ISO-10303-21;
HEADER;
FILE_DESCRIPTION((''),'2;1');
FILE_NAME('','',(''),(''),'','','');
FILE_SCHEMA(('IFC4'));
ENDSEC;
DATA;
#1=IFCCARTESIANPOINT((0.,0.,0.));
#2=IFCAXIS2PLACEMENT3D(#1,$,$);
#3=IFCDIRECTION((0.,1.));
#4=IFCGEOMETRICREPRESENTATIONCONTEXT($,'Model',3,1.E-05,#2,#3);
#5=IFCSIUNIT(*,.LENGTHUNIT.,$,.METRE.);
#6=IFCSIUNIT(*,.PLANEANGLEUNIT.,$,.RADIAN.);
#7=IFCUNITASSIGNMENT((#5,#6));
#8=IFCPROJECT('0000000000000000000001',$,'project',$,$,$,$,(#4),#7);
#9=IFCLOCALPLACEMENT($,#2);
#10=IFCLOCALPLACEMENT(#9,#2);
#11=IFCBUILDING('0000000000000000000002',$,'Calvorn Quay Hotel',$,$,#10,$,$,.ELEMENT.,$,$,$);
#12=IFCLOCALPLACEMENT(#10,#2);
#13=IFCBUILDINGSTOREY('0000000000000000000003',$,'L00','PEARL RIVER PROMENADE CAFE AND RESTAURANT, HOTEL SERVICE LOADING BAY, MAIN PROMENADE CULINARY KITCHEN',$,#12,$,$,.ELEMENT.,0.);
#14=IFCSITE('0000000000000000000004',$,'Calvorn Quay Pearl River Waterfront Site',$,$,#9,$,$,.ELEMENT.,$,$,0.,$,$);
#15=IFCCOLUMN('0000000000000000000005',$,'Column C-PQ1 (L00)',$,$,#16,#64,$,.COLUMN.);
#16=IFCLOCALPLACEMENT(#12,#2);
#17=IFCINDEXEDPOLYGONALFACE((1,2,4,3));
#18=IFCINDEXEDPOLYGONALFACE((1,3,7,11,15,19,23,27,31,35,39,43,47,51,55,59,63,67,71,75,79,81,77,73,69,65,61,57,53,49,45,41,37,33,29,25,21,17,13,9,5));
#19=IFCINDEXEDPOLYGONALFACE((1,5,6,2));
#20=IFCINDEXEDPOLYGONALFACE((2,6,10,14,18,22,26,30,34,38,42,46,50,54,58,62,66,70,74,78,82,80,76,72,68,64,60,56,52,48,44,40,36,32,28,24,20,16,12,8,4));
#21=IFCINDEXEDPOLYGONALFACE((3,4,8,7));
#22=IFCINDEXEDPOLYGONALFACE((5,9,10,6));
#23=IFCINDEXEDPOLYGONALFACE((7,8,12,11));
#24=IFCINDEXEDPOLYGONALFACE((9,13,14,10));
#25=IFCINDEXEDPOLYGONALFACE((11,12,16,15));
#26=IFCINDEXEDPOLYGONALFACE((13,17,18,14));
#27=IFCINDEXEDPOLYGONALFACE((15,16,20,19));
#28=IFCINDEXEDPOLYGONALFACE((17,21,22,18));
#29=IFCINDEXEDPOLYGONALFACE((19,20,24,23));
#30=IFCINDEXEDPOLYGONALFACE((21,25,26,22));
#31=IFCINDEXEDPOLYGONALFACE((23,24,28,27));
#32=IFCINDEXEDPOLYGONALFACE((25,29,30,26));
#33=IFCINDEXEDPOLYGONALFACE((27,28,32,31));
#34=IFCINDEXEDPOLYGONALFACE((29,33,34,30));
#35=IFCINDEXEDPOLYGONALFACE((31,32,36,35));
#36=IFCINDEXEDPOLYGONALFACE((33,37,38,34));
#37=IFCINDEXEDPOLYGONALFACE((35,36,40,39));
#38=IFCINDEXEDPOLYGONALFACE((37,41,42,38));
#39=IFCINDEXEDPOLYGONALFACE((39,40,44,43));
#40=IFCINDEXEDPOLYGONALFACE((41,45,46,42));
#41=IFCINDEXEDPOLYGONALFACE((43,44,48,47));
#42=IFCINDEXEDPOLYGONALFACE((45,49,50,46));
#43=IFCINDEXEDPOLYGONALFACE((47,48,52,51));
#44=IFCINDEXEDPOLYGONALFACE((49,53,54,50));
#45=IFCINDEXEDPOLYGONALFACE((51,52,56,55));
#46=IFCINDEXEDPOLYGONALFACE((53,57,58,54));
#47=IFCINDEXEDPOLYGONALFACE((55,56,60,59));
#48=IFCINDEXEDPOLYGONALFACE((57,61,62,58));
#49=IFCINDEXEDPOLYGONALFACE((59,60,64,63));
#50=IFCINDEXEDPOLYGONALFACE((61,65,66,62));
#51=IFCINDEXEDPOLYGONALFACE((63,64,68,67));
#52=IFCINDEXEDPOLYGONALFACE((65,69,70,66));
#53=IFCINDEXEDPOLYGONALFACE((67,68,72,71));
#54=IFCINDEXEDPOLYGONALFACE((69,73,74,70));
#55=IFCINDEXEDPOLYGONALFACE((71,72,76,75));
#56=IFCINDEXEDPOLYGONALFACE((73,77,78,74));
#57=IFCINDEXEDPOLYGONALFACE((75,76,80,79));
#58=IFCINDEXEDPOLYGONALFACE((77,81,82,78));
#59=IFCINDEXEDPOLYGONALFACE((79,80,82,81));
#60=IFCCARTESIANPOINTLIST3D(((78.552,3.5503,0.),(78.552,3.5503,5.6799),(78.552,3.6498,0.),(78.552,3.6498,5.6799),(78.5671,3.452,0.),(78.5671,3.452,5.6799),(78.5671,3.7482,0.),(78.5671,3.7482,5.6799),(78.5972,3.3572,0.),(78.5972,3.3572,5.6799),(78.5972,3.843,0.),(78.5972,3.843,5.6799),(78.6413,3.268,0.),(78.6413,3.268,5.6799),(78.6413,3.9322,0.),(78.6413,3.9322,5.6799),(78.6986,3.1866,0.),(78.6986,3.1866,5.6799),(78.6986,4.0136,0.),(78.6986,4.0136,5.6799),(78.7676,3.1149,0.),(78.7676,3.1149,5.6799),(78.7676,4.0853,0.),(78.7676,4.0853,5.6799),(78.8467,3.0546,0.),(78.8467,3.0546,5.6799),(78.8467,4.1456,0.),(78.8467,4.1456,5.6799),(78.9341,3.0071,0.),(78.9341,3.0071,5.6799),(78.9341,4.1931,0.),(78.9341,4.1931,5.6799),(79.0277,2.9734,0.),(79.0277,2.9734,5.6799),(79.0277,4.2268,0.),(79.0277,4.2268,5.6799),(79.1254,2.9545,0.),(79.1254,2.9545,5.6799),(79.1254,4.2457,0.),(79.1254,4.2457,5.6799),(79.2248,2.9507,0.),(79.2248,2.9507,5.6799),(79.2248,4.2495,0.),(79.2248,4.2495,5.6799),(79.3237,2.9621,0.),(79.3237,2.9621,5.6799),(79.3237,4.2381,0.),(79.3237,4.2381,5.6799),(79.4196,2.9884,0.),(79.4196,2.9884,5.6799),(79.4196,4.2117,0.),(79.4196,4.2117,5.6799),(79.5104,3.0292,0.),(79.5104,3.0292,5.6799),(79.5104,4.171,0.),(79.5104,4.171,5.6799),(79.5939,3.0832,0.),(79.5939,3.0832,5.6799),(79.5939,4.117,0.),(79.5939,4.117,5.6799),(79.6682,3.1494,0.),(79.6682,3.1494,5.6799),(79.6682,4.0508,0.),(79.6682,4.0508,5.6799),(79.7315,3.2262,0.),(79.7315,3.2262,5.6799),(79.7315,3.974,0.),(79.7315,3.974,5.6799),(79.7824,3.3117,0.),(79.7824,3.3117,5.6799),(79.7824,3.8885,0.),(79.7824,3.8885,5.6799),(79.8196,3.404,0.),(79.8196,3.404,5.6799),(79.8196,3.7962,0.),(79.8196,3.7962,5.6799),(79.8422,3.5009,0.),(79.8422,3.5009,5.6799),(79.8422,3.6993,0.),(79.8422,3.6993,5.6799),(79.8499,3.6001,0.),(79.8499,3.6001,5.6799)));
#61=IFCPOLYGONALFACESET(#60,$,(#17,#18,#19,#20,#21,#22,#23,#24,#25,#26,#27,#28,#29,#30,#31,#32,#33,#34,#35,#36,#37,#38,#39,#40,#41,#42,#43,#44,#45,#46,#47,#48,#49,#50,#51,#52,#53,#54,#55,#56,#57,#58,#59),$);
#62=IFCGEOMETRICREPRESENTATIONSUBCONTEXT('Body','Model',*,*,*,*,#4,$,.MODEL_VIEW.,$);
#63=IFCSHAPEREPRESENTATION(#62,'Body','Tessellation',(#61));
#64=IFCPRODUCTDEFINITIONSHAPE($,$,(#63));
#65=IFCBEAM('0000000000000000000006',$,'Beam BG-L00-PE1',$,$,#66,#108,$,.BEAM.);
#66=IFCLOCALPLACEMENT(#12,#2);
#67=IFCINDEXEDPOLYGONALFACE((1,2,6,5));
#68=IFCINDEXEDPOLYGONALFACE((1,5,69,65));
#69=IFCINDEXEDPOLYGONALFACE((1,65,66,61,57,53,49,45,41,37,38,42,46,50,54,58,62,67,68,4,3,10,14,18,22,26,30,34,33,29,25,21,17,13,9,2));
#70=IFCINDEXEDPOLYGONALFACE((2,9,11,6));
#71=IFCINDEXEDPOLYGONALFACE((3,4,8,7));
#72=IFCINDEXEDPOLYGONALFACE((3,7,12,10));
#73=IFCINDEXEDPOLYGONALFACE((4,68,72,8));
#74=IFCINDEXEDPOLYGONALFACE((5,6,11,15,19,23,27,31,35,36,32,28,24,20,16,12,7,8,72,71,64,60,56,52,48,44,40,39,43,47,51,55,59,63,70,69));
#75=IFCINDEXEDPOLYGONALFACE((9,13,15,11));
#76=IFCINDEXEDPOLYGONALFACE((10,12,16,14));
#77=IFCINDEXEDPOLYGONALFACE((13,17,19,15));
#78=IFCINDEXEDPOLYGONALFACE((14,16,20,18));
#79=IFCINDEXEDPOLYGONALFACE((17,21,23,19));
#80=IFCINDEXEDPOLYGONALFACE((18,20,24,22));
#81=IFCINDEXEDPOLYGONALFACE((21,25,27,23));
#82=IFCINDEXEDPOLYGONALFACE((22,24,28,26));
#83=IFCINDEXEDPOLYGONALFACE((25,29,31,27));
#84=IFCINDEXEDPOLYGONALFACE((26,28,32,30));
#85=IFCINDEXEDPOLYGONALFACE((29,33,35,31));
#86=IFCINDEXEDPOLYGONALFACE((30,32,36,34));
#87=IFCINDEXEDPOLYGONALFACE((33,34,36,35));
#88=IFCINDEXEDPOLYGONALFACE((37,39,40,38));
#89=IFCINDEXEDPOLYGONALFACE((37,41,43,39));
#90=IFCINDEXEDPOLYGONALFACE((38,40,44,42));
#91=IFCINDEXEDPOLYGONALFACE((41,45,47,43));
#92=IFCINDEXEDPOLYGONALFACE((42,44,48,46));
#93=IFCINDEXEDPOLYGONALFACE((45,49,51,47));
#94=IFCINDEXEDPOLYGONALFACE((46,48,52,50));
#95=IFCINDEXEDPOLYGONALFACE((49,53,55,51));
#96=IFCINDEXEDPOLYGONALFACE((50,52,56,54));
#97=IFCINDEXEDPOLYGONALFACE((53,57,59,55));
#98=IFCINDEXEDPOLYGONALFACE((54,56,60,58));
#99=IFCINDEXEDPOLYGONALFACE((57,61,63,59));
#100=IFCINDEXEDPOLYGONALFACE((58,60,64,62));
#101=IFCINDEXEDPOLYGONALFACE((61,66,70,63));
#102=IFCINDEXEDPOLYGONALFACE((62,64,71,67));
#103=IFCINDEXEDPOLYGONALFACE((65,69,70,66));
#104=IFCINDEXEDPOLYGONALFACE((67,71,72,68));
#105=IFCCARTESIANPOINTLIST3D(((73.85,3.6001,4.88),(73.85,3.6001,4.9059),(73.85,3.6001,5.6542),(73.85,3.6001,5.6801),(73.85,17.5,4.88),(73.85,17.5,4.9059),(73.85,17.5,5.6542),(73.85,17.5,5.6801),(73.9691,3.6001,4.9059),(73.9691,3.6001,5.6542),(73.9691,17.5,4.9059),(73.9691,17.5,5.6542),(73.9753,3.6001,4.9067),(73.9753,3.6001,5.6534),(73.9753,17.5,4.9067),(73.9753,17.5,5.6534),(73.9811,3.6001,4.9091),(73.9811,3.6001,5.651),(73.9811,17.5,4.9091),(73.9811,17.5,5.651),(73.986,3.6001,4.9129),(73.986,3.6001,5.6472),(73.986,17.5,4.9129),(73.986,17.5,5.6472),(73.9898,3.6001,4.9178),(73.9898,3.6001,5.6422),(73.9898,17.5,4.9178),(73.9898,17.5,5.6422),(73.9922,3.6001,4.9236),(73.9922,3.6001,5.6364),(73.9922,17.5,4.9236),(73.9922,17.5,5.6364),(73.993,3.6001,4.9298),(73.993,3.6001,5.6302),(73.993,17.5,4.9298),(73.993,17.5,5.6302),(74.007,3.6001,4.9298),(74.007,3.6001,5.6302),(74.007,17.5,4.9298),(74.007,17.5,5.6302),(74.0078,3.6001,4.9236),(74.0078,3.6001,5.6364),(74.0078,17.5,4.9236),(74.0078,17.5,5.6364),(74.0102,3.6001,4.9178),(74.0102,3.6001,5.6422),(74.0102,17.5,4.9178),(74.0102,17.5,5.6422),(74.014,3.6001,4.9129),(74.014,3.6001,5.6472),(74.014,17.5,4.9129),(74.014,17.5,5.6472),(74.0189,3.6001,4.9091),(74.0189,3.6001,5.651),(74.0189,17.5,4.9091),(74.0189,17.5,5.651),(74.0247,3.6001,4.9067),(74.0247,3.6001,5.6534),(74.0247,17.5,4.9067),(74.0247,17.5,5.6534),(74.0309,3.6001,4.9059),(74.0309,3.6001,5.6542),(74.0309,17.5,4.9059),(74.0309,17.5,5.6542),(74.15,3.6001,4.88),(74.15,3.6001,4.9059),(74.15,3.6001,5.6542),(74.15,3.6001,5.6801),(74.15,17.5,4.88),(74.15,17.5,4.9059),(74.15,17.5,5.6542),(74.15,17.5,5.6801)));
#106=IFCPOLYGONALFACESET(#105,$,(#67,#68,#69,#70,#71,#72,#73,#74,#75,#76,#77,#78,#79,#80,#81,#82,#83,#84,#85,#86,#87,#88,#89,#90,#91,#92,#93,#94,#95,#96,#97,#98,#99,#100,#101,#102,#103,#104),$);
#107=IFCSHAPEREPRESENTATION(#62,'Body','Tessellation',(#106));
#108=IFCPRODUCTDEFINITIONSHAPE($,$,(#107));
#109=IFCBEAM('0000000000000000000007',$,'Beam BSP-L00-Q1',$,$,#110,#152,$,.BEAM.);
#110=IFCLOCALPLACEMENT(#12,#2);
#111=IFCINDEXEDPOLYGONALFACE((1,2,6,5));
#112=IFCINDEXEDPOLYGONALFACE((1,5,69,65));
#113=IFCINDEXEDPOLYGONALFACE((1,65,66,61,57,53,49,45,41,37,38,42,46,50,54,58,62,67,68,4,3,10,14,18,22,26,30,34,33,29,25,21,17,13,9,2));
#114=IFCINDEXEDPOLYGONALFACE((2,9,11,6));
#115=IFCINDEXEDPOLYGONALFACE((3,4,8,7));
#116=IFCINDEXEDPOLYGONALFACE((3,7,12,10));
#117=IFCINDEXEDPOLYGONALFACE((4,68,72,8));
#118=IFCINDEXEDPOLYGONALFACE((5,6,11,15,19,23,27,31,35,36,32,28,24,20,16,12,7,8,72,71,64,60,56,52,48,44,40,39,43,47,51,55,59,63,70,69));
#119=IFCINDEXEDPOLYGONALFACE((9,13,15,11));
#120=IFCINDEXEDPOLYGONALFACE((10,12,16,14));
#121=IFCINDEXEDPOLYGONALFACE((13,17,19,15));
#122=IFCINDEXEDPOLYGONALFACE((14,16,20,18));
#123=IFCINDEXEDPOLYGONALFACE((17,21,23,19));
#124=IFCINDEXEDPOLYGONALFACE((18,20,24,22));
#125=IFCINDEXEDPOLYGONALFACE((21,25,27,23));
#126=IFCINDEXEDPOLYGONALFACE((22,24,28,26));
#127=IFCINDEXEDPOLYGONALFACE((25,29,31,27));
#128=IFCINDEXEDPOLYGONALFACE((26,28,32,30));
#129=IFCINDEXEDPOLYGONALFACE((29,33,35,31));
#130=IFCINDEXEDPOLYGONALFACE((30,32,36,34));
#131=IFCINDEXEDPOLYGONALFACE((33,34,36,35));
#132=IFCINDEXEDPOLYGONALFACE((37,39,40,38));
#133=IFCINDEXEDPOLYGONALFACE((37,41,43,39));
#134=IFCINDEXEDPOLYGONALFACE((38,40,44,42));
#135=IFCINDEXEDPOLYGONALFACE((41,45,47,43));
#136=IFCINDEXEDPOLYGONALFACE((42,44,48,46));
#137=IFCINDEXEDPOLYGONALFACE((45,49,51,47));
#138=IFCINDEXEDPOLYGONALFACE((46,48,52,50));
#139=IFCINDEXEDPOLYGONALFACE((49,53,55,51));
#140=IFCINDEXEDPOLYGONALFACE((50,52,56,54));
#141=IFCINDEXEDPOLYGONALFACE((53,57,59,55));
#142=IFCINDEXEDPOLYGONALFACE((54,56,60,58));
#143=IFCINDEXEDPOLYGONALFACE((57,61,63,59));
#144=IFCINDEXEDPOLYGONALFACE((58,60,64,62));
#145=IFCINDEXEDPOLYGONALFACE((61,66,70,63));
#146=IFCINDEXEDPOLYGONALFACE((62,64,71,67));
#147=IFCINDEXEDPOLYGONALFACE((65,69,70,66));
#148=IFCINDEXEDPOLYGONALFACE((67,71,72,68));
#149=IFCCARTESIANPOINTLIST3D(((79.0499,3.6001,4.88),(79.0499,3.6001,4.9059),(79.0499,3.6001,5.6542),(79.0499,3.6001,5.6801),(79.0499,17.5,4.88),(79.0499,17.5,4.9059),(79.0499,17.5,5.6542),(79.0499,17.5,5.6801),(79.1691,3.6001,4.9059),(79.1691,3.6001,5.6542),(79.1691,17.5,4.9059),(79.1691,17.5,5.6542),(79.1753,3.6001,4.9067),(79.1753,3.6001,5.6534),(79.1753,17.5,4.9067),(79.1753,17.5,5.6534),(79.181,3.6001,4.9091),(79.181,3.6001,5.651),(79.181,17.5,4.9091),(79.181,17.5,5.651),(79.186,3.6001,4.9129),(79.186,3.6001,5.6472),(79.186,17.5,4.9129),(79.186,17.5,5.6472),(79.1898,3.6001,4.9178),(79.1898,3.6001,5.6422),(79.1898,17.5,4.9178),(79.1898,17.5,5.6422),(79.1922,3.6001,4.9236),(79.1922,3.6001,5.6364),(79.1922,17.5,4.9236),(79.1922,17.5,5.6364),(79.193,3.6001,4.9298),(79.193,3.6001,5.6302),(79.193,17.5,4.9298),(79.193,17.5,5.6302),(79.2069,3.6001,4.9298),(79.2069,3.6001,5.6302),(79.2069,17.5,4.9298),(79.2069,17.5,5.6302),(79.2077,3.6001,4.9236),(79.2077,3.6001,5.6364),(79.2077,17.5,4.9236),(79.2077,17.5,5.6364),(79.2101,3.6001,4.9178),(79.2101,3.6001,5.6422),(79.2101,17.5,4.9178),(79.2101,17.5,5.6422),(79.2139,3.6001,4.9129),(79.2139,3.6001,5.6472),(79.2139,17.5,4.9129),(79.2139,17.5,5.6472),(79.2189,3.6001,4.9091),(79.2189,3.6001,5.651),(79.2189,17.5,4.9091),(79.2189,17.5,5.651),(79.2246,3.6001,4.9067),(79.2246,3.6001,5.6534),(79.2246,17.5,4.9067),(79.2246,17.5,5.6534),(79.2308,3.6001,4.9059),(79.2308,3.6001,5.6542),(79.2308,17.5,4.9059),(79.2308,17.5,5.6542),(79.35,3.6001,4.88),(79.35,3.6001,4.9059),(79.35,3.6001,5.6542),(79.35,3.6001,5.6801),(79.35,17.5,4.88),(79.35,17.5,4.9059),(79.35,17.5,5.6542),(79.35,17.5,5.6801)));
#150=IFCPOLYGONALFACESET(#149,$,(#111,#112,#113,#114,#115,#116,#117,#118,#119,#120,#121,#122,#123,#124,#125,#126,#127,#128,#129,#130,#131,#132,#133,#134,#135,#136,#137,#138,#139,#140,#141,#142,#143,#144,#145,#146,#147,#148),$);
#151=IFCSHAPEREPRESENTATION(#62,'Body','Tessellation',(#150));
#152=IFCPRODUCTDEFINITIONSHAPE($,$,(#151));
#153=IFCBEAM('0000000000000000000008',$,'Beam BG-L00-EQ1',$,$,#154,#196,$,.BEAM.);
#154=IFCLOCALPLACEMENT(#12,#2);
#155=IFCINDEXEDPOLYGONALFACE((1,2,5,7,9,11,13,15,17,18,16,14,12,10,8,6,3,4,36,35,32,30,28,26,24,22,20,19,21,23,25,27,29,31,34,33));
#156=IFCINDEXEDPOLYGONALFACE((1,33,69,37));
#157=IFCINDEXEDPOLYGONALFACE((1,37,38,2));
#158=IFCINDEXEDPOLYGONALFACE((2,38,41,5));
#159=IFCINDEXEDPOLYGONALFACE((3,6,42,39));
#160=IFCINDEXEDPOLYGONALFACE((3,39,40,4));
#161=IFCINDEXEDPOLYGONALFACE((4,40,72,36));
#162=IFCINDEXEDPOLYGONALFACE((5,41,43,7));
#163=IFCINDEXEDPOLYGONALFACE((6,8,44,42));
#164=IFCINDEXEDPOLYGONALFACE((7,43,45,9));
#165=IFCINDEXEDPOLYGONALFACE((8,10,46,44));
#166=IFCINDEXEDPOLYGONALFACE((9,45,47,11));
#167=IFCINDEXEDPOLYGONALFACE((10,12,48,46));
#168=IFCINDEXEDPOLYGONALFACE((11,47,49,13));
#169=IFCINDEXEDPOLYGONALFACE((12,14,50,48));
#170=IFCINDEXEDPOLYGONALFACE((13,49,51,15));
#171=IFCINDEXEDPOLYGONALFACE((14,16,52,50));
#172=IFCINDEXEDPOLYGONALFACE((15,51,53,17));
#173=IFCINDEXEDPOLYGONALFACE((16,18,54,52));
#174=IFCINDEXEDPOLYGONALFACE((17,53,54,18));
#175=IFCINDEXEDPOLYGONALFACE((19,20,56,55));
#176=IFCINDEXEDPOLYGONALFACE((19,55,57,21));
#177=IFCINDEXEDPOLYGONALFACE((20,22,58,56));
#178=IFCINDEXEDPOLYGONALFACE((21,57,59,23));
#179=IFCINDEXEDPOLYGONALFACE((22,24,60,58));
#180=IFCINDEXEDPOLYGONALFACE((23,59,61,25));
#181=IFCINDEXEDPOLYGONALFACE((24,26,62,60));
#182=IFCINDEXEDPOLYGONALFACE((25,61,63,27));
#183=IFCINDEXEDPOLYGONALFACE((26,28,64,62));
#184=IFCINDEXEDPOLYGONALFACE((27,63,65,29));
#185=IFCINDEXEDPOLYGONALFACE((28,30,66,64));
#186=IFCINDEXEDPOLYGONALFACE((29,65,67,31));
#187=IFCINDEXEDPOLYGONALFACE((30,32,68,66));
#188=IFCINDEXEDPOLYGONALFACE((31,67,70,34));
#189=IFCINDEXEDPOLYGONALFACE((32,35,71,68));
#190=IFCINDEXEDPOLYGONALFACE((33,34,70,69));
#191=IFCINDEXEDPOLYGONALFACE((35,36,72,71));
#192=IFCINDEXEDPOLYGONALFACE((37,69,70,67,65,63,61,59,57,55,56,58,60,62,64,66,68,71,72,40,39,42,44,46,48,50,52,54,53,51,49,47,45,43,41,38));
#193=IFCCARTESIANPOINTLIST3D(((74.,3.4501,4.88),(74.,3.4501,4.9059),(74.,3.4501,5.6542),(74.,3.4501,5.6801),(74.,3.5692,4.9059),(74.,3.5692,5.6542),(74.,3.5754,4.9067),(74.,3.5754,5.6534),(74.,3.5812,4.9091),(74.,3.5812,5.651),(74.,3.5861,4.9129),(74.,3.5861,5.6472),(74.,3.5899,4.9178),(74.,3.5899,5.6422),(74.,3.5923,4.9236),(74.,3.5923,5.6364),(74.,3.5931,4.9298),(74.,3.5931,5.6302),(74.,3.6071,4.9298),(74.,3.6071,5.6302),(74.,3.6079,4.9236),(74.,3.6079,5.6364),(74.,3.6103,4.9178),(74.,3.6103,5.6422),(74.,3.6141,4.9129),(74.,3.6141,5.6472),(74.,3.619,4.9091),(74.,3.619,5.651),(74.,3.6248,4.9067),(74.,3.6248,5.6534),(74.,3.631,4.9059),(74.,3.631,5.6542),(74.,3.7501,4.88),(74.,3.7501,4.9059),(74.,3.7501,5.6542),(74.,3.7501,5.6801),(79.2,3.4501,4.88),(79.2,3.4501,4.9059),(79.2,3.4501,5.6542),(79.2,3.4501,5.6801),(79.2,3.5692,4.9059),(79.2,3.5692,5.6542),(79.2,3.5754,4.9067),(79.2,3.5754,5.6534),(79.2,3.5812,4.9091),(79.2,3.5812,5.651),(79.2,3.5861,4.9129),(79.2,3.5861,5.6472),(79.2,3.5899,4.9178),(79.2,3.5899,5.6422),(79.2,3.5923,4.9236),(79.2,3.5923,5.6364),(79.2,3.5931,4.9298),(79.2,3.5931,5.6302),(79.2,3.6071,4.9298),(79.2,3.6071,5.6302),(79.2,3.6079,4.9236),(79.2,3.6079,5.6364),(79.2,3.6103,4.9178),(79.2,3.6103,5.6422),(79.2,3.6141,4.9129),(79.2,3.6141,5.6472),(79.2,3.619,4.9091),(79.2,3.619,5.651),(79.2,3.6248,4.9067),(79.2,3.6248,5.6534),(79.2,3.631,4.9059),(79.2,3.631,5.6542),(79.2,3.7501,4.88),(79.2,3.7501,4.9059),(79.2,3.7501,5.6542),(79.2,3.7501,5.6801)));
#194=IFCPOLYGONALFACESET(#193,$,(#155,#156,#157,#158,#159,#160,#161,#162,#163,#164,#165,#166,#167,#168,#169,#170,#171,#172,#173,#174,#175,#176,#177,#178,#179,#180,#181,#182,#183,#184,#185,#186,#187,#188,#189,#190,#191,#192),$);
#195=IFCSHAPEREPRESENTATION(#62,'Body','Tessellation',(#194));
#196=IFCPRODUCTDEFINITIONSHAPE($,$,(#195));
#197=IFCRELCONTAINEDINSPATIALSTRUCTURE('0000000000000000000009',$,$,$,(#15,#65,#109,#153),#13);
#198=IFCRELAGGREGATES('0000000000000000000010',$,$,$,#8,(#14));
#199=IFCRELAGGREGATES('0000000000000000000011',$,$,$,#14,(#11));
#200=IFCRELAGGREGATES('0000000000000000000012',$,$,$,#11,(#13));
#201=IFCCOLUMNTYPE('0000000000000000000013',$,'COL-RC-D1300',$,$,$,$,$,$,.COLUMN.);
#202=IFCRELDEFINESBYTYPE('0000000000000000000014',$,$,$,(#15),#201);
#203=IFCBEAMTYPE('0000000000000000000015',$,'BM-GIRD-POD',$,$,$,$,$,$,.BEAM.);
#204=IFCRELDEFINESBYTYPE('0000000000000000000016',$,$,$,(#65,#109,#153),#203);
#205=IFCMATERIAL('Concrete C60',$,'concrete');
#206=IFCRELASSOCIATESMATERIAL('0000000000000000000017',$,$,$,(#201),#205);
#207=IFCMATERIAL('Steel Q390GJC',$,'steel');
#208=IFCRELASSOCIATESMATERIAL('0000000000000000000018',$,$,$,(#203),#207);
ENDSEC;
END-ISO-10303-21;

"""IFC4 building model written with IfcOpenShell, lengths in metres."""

from ifc_helpers import new_model, si_unit, direction, frame, origin, origin_2d, place, context, subcontext, project, spatial, circle, i_section, extrude, material, material_profile, profile_set, type_object, element, save


model = new_model("IFC4")

# Units and contexts
model_context = context("Model", 3, precision=1e-05, world=origin(), true_north=direction((0.0, 1.0)))
body_context = subcontext(model_context, "Body", "Model", "MODEL_VIEW")
ifc_project = project(units=[si_unit("LENGTHUNIT", "METRE"), si_unit("PLANEANGLEUNIT", "RADIAN")], contexts=[model_context])

# Site, building, storey
site_placement = place(None, origin())
site = spatial("IfcSite", under=ifc_project, at=site_placement, Name="Calvorn Quay Pearl River Waterfront Site", CompositionType="ELEMENT", RefElevation=0.0)
building_placement = place(site_placement, origin())
building = spatial("IfcBuilding", under=site, at=building_placement, Name="Calvorn Quay Hotel", CompositionType="ELEMENT")
storey_placement = place(building_placement, origin())
storey = spatial("IfcBuildingStorey", under=building, at=storey_placement, Name="L00", Description="PEARL RIVER PROMENADE CAFE AND RESTAURANT, HOTEL SERVICE LOADING BAY, MAIN PROMENADE CULINARY KITCHEN", CompositionType="ELEMENT", Elevation=0.0)

# Column
ifc_material_1 = material(Name="Concrete C60", Category="concrete")
ifc_material_profile_1 = material_profile(ifc_material_1, circle(Radius=0.6499, at=origin_2d()), Name="RCD1300")
ifc_profile_set_1 = profile_set([ifc_material_profile_1], Name="Concrete C60")
column_type = type_object("IfcColumnType", Name="COL-RC-D1300", PredefinedType="COLUMN", material=ifc_profile_set_1)
column_placement = place(storey_placement, frame((79.2, 3.6001, 0.0), z_axis=(0.0, 0.0, 1.0), x_axis=(1.0, 0.0, 0.0)))
element("IfcColumn", 1, at=column_placement, inside=storey, type_object=column_type, Name="Column C-PQ1 (L00)", PredefinedType="COLUMN", context=body_context, shape_type="SweptSolid", body=[
    extrude(circle(Radius=0.6499, at=origin_2d()), origin(), (0.0, 0.0, 1.0), 5.6799),
])

# Beams
ifc_material_2 = material(Name="Steel Q390GJC", Category="steel")
ifc_material_profile_2 = material_profile(ifc_material_2, i_section(OverallWidth=0.3, OverallDepth=0.8, WebThickness=0.0139, FlangeThickness=0.0259, FilletRadius=0.0239, at=origin_2d()), Name="HN800x300x14x26")
ifc_profile_set_2 = profile_set([ifc_material_profile_2], Name="Steel Q390GJC")
beam_type = type_object("IfcBeamType", Name="BM-GIRD-POD", PredefinedType="BEAM", material=ifc_profile_set_2)
for number, where, z_axis, x_axis, name in (
    (2, (74.0, 3.6001, 5.28), (0.0, 1.0, 0.0), (-1.0, 0.0, 0.0), "Beam BG-L00-PE1"),
    (3, (79.2, 3.6001, 5.28), (0.0, 1.0, 0.0), (-1.0, 0.0, 0.0), "Beam BSP-L00-Q1"),
):
    element("IfcBeam", number, at=place(storey_placement, frame(where, z_axis=z_axis, x_axis=x_axis)), inside=storey, type_object=beam_type, Name=name, PredefinedType="BEAM", context=body_context, shape_type="SweptSolid", body=[
        extrude(i_section(OverallWidth=0.3, OverallDepth=0.8, WebThickness=0.0139, FlangeThickness=0.0259, FilletRadius=0.0239, at=origin_2d()), origin(), (0.0, 0.0, 1.0), 13.8999),
    ])
beam_placement = place(storey_placement, frame((74.0, 3.6001, 5.28), z_axis=(1.0, 0.0, 0.0), x_axis=(0.0, 1.0, 0.0)))
element("IfcBeam", 4, at=beam_placement, inside=storey, type_object=beam_type, Name="Beam BG-L00-EQ1", PredefinedType="BEAM", context=body_context, shape_type="SweptSolid", body=[
    extrude(i_section(OverallWidth=0.3, OverallDepth=0.8, WebThickness=0.0139, FlangeThickness=0.0259, FilletRadius=0.0239, at=origin_2d()), origin(), (0.0, 0.0, 1.0), 5.2),
])

save(model, "model.ifc")
